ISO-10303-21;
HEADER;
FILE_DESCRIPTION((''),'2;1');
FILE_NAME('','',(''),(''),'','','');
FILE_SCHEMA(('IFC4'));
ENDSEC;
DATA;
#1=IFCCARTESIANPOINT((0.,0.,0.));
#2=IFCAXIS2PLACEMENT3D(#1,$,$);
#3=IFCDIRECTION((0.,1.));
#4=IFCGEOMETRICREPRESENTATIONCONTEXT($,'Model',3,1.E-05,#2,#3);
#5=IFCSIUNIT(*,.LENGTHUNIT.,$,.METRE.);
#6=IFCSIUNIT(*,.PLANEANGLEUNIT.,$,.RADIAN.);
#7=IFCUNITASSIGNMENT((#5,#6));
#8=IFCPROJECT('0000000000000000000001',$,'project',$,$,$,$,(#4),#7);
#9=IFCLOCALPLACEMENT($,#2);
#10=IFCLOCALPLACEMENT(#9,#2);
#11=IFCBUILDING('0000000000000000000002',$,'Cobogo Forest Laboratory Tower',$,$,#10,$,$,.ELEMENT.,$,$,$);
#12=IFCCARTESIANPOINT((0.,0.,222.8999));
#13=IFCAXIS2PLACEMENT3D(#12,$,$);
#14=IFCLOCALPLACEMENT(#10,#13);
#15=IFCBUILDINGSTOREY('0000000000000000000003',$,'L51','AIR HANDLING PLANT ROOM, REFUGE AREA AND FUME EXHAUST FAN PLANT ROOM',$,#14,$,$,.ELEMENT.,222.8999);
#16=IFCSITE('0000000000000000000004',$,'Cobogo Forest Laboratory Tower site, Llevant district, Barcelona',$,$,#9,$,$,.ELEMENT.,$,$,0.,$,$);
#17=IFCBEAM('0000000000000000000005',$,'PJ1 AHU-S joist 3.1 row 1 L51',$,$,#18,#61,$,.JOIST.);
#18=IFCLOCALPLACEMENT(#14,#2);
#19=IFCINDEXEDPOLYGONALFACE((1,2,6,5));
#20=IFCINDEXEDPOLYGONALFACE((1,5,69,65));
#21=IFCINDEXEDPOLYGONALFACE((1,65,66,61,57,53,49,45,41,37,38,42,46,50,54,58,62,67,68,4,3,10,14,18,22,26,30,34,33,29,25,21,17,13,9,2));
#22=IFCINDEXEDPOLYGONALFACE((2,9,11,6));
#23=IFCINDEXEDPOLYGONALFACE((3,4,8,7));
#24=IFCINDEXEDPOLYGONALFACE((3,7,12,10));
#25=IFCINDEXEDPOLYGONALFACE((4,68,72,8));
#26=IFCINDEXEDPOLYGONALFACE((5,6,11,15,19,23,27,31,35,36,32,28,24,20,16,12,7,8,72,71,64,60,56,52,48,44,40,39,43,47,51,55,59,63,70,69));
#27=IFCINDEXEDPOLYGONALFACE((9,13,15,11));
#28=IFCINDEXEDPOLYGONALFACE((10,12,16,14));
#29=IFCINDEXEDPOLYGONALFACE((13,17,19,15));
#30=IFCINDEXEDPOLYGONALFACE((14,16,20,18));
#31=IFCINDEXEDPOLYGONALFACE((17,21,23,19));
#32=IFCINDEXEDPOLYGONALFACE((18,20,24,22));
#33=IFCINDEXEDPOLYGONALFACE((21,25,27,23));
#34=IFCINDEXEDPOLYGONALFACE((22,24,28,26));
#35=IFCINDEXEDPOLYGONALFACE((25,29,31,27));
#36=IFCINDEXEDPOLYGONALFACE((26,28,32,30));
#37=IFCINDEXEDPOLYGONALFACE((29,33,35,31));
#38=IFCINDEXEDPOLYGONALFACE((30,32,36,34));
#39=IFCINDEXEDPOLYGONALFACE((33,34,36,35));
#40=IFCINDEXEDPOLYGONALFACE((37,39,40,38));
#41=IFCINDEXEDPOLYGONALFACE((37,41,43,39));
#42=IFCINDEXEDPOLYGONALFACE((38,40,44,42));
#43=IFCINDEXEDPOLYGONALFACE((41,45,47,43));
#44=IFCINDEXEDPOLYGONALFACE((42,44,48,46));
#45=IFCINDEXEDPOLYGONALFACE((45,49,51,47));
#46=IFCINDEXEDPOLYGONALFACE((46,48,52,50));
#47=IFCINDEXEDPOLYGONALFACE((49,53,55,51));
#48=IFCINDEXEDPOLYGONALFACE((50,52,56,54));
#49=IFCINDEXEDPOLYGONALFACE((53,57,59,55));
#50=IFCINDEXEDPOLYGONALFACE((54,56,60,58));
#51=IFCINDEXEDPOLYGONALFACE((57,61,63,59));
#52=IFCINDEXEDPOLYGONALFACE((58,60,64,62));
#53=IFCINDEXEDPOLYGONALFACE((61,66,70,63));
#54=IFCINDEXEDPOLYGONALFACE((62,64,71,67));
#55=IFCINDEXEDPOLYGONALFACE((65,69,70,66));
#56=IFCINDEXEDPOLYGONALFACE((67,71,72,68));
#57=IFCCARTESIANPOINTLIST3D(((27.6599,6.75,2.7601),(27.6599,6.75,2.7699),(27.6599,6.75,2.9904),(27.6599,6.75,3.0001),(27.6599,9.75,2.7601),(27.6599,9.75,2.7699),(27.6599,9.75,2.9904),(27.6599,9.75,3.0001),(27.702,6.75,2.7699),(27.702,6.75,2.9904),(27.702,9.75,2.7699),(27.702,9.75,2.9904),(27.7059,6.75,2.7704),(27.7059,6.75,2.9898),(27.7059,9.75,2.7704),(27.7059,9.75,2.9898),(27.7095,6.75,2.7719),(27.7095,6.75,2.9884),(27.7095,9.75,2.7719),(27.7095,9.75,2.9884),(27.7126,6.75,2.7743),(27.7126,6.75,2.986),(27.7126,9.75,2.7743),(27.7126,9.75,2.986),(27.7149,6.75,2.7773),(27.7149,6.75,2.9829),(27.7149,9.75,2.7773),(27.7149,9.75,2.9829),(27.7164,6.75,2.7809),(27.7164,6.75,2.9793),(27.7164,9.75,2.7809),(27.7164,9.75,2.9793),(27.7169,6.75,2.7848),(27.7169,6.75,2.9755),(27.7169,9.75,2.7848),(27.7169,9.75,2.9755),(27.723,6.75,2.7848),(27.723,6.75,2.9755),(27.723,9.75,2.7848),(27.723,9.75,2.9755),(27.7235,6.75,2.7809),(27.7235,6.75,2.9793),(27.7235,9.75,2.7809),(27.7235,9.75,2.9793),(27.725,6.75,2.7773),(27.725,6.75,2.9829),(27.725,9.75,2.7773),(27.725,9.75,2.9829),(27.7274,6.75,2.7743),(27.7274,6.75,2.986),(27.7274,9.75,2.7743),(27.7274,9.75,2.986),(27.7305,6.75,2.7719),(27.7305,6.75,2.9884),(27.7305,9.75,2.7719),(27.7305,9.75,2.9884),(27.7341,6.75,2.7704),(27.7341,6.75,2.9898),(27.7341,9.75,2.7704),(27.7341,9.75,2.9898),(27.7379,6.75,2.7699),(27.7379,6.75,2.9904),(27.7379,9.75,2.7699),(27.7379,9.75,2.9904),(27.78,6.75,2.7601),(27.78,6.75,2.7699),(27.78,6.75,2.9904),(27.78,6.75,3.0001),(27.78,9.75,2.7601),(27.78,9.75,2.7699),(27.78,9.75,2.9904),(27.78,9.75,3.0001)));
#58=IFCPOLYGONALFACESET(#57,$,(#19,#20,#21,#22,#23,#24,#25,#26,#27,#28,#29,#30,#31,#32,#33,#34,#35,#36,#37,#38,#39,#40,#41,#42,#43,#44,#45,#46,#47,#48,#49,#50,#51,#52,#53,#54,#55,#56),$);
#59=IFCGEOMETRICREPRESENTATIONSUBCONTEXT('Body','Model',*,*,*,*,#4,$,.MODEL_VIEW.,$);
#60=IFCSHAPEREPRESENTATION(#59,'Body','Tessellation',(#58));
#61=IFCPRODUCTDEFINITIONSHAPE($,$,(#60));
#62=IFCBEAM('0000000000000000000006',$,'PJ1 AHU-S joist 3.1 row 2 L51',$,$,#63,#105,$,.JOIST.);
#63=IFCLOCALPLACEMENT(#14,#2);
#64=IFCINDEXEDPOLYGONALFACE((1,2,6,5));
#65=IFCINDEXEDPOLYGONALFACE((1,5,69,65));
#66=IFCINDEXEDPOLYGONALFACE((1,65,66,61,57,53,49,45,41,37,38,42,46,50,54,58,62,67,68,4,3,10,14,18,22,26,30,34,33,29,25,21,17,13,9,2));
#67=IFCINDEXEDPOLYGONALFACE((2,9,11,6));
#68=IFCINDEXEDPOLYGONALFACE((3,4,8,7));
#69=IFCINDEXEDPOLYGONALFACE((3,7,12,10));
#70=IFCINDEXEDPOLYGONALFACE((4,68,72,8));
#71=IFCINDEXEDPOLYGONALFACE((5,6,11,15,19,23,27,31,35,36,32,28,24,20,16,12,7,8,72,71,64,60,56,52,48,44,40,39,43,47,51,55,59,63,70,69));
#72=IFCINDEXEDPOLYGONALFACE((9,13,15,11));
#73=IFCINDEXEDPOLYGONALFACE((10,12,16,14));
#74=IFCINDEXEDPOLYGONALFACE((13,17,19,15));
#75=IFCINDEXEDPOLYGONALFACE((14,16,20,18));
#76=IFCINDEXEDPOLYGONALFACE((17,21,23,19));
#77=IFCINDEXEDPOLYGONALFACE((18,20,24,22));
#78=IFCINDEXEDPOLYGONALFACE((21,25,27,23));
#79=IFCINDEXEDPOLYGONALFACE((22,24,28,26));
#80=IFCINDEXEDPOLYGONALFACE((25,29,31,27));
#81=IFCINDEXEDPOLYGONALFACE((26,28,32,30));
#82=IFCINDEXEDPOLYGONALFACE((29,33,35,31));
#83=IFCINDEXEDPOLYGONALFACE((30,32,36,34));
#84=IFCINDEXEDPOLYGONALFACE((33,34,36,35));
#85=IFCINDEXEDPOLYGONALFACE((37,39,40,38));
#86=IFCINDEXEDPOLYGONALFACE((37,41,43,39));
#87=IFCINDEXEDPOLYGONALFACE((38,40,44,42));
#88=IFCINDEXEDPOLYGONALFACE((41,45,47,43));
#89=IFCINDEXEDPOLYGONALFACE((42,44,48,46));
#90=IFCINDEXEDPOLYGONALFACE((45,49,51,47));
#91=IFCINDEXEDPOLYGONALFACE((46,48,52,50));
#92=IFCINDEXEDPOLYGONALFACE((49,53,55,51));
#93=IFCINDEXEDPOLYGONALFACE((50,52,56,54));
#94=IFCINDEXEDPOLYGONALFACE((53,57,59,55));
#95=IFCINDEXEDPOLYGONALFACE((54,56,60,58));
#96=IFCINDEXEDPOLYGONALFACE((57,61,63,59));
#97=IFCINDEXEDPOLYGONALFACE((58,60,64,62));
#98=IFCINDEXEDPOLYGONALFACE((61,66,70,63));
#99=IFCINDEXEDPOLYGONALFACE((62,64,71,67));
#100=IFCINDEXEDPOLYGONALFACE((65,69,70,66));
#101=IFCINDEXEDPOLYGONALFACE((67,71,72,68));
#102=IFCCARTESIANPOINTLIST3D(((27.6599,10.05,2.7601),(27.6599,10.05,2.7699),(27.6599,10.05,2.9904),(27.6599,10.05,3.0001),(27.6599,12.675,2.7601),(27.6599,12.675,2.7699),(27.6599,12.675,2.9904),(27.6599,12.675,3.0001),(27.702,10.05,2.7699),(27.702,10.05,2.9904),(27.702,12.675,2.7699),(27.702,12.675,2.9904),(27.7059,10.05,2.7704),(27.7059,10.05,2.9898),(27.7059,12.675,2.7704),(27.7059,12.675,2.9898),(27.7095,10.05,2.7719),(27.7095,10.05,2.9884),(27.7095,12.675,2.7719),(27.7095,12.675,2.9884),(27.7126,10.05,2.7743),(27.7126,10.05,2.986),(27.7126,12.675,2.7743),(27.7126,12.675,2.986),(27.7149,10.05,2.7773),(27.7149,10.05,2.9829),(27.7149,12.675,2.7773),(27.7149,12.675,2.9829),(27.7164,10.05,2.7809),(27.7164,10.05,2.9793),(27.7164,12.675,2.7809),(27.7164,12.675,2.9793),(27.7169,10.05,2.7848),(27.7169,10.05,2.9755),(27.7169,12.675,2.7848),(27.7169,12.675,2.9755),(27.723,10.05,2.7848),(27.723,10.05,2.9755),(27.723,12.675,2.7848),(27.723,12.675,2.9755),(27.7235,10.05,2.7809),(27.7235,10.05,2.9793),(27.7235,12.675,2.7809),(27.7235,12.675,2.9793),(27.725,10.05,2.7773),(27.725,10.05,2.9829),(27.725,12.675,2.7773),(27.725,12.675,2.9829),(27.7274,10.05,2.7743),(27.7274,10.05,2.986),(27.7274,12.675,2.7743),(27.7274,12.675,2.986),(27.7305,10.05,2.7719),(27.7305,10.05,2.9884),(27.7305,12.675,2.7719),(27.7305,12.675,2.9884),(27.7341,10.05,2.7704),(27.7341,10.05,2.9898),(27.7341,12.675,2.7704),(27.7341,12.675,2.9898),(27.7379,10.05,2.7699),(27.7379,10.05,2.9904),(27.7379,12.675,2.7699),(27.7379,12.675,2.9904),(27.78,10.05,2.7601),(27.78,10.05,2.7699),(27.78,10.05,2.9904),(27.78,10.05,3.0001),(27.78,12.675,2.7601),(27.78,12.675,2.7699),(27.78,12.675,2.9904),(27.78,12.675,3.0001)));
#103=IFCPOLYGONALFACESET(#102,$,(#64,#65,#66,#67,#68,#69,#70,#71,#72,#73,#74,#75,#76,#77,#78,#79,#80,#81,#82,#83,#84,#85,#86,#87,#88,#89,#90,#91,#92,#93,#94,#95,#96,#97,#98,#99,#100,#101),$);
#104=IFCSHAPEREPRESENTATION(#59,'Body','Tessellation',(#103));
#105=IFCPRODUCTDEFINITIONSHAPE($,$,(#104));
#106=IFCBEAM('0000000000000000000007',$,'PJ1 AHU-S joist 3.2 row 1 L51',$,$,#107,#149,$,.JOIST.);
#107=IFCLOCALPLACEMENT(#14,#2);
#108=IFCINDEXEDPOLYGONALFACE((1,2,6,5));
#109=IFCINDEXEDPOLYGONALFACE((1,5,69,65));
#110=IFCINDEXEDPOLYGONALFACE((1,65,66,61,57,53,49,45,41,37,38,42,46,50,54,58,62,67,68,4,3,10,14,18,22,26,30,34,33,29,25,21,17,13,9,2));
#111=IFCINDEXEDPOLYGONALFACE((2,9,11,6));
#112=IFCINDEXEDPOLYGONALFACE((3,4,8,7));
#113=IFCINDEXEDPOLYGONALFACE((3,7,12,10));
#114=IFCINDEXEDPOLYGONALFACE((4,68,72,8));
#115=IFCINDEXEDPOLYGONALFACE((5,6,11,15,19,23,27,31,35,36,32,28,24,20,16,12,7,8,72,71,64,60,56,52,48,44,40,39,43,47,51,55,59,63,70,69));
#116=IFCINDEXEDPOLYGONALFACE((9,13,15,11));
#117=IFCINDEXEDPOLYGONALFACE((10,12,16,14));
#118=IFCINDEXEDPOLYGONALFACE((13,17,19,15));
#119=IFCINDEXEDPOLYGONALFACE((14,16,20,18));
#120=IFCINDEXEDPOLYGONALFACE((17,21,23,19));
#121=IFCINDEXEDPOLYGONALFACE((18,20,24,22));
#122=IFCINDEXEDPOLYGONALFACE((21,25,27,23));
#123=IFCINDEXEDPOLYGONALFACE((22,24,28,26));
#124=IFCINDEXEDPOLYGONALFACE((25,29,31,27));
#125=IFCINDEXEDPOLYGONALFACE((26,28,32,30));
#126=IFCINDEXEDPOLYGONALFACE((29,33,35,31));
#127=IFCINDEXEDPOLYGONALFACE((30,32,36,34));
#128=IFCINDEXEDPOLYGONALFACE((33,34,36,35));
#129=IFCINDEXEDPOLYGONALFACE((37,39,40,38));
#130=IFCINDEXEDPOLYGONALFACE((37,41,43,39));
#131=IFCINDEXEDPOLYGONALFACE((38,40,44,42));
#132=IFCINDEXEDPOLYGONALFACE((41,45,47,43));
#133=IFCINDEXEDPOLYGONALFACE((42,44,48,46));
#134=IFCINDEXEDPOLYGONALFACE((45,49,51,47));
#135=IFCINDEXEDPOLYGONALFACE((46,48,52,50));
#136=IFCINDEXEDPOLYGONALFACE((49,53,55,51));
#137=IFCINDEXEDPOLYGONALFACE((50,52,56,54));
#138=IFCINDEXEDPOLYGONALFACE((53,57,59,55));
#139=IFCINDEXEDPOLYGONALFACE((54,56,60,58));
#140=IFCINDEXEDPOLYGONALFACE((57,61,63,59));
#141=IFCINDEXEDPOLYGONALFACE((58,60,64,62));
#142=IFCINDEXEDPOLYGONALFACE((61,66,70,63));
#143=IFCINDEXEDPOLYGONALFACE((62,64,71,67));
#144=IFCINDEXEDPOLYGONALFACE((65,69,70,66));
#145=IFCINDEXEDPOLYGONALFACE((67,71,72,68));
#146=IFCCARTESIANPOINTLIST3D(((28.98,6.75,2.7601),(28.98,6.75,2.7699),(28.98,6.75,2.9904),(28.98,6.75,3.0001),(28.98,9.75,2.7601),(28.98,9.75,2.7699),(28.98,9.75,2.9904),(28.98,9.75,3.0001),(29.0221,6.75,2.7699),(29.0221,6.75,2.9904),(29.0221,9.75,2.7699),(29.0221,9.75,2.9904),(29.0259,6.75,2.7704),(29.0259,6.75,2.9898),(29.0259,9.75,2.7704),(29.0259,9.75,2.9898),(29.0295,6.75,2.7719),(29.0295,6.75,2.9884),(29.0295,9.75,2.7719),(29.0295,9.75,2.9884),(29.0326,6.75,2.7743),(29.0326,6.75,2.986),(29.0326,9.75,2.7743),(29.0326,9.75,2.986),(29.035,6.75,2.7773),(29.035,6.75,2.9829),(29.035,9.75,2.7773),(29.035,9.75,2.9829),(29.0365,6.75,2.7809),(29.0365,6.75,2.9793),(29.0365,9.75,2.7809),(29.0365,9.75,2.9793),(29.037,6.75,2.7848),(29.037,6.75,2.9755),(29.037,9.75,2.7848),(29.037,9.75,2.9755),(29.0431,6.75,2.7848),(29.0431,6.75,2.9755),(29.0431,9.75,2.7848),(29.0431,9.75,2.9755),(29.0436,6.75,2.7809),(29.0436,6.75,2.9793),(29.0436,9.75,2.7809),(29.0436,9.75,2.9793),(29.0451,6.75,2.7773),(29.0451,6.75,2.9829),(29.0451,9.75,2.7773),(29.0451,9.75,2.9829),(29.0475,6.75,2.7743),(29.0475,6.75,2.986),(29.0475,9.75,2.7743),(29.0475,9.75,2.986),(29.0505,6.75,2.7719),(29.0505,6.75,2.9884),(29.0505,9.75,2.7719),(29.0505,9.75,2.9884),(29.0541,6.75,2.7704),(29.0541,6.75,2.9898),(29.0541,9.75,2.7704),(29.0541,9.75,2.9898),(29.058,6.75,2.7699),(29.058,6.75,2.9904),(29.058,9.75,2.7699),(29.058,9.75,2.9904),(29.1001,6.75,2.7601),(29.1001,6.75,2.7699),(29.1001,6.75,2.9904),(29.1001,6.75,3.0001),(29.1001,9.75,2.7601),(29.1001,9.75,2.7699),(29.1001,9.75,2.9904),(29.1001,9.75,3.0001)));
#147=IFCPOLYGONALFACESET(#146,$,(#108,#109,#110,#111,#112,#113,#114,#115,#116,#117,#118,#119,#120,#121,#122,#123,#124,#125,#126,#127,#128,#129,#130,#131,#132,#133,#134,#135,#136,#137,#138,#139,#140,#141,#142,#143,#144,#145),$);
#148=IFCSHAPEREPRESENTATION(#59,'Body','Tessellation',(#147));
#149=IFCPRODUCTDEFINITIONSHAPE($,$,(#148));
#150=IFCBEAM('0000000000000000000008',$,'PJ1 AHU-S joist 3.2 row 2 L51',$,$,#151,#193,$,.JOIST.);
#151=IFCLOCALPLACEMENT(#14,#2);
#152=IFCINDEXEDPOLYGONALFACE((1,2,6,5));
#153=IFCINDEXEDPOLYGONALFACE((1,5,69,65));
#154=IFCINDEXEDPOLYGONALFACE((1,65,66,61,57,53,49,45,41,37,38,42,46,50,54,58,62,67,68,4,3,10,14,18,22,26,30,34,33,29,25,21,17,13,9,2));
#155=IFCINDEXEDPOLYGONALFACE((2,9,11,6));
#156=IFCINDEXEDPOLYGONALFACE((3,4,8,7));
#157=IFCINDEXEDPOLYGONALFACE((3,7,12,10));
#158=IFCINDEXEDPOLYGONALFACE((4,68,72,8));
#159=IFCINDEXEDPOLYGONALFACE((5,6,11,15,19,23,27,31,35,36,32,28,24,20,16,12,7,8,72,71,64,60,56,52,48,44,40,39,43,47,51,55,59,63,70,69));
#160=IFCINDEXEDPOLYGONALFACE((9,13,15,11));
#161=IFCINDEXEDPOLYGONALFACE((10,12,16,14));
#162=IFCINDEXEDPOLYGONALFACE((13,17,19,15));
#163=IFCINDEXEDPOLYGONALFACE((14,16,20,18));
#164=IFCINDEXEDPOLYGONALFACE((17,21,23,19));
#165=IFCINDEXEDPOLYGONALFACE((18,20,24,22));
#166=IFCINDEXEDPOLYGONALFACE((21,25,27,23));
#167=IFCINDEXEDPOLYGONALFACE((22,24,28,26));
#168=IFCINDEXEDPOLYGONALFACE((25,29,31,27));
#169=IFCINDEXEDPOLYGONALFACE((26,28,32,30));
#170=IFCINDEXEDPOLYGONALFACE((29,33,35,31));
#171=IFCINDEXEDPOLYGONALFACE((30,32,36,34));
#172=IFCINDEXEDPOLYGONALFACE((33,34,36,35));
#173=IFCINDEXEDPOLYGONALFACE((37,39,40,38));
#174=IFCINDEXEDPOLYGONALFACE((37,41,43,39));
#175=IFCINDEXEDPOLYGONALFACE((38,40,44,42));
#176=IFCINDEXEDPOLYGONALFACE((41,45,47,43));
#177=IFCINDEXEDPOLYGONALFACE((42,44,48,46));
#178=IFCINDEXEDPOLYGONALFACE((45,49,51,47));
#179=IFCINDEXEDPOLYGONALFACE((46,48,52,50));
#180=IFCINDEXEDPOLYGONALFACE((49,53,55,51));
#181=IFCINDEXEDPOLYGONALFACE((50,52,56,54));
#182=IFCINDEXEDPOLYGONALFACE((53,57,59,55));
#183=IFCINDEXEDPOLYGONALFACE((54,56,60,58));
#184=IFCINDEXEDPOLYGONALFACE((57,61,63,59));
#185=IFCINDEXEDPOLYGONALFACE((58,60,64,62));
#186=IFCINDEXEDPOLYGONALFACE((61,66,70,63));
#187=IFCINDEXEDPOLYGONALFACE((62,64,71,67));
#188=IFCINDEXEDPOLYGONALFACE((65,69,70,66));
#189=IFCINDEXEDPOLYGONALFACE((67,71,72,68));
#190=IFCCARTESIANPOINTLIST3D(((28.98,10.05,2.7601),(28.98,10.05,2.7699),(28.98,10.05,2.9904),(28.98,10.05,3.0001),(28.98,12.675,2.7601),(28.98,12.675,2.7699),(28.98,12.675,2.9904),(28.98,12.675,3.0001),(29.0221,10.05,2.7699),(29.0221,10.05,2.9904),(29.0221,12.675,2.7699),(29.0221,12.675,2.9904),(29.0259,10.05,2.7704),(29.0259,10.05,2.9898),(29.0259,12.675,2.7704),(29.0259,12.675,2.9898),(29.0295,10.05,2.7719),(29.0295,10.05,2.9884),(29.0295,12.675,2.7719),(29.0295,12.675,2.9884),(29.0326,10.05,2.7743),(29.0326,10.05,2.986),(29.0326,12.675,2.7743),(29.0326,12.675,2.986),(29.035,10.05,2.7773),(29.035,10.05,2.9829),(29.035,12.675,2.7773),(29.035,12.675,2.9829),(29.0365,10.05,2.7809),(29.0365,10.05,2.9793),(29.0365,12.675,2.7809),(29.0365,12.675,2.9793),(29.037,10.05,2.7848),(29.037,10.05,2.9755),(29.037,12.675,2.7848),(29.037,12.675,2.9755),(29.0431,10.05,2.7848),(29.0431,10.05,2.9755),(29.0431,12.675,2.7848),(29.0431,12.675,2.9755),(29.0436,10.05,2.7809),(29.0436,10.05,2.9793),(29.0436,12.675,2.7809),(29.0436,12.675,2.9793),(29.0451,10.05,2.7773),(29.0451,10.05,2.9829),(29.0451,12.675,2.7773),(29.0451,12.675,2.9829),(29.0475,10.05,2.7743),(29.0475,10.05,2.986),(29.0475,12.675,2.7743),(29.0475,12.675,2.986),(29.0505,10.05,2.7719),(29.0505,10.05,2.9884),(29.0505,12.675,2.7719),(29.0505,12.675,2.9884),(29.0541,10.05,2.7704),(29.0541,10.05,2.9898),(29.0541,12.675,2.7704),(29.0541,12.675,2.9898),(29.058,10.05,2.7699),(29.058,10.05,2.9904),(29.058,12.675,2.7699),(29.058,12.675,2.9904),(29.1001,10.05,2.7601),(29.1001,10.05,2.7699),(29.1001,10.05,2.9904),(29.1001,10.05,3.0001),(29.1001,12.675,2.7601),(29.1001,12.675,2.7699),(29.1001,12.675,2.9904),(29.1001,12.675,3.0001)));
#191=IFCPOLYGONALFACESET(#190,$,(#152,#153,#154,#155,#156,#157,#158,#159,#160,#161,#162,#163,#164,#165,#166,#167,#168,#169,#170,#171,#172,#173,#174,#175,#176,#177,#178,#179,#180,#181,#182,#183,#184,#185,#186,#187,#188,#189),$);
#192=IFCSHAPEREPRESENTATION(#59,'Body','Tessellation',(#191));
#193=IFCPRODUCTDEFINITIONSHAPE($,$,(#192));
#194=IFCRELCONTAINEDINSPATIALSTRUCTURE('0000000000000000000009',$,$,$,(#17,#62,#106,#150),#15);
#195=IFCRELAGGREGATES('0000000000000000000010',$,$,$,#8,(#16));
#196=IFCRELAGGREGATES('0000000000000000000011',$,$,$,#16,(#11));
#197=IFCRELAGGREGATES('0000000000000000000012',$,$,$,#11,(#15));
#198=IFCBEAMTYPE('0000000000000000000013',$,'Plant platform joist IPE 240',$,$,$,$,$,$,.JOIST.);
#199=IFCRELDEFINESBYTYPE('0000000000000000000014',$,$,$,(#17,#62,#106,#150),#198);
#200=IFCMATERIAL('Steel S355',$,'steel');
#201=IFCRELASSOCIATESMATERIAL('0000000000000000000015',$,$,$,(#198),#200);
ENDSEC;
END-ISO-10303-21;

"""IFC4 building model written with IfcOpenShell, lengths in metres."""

from ifc_helpers import new_model, si_unit, direction, frame, origin, origin_2d, place, context, subcontext, project, spatial, i_section, extrude, material, material_profile, profile_set, type_object, element, save


model = new_model("IFC4")

# Units and contexts
model_context = context("Model", 3, precision=1e-05, world=origin(), true_north=direction((0.0, 1.0)))
body_context = subcontext(model_context, "Body", "Model", "MODEL_VIEW")
ifc_project = project(units=[si_unit("LENGTHUNIT", "METRE"), si_unit("PLANEANGLEUNIT", "RADIAN")], contexts=[model_context])

# Site, building, storey
site_placement = place(None, origin())
site = spatial("IfcSite", under=ifc_project, at=site_placement, Name="Cobogo Forest Laboratory Tower site, Llevant district, Barcelona", CompositionType="ELEMENT", RefElevation=0.0)
building_placement = place(site_placement, origin())
building = spatial("IfcBuilding", under=site, at=building_placement, Name="Cobogo Forest Laboratory Tower", CompositionType="ELEMENT")
storey_placement = place(building_placement, frame((0.0, 0.0, 222.8999)))
storey = spatial("IfcBuildingStorey", under=building, at=storey_placement, Name="L51", Description="AIR HANDLING PLANT ROOM, REFUGE AREA AND FUME EXHAUST FAN PLANT ROOM", CompositionType="ELEMENT", Elevation=222.8999)

# Beams
ifc_material = material(Name="Steel S355", Category="steel")
ifc_material_profile_1 = material_profile(ifc_material, i_section(OverallWidth=0.1201, OverallDepth=0.24, WebThickness=0.0061, FlangeThickness=0.0098, FilletRadius=0.0149, at=origin_2d()), Name="IPE 240")
ifc_profile_set_1 = profile_set([ifc_material_profile_1], Name="Steel S355")
beam_type_1 = type_object("IfcBeamType", Name="Plant platform joist IPE 240", PredefinedType="JOIST", material=ifc_profile_set_1)
beam_1_placement = place(storey_placement, frame((27.72, 6.75, 2.8801), z_axis=(0.0, 1.0, 0.0), x_axis=(-1.0, 0.0, 0.0)))
element("IfcBeam", 1, at=beam_1_placement, inside=storey, type_object=beam_type_1, Name="PJ1 AHU-S joist 3.1 row 1 L51", PredefinedType="JOIST", context=body_context, shape_type="SweptSolid", body=[
    extrude(i_section(OverallWidth=0.1201, OverallDepth=0.24, WebThickness=0.0061, FlangeThickness=0.0098, FilletRadius=0.0149, at=origin_2d()), origin(), (0.0, 0.0, 1.0), 3.0),
])
beam_2_placement = place(storey_placement, frame((27.72, 10.05, 2.8801), z_axis=(0.0, 1.0, 0.0), x_axis=(-1.0, 0.0, 0.0)))
element("IfcBeam", 2, at=beam_2_placement, inside=storey, type_object=beam_type_1, Name="PJ1 AHU-S joist 3.1 row 2 L51", PredefinedType="JOIST", context=body_context, shape_type="SweptSolid", body=[
    extrude(i_section(OverallWidth=0.1201, OverallDepth=0.24, WebThickness=0.0061, FlangeThickness=0.0098, FilletRadius=0.0149, at=origin_2d()), origin(), (0.0, 0.0, 1.0), 2.625),
])
beam_3_placement = place(storey_placement, frame((29.04, 6.75, 2.8801), z_axis=(0.0, 1.0, 0.0), x_axis=(-1.0, 0.0, 0.0)))
element("IfcBeam", 3, at=beam_3_placement, inside=storey, type_object=beam_type_1, Name="PJ1 AHU-S joist 3.2 row 1 L51", PredefinedType="JOIST", context=body_context, shape_type="SweptSolid", body=[
    extrude(i_section(OverallWidth=0.1201, OverallDepth=0.24, WebThickness=0.0061, FlangeThickness=0.0098, FilletRadius=0.0149, at=origin_2d()), origin(), (0.0, 0.0, 1.0), 3.0),
])
beam_4_placement = place(storey_placement, frame((29.04, 10.05, 2.8801), z_axis=(0.0, 1.0, 0.0), x_axis=(-1.0, 0.0, 0.0)))
element("IfcBeam", 4, at=beam_4_placement, inside=storey, type_object=beam_type_1, Name="PJ1 AHU-S joist 3.2 row 2 L51", PredefinedType="JOIST", context=body_context, shape_type="SweptSolid", body=[
    extrude(i_section(OverallWidth=0.1201, OverallDepth=0.24, WebThickness=0.0061, FlangeThickness=0.0098, FilletRadius=0.0149, at=origin_2d()), origin(), (0.0, 0.0, 1.0), 2.625),
])

save(model, "model.ifc")
